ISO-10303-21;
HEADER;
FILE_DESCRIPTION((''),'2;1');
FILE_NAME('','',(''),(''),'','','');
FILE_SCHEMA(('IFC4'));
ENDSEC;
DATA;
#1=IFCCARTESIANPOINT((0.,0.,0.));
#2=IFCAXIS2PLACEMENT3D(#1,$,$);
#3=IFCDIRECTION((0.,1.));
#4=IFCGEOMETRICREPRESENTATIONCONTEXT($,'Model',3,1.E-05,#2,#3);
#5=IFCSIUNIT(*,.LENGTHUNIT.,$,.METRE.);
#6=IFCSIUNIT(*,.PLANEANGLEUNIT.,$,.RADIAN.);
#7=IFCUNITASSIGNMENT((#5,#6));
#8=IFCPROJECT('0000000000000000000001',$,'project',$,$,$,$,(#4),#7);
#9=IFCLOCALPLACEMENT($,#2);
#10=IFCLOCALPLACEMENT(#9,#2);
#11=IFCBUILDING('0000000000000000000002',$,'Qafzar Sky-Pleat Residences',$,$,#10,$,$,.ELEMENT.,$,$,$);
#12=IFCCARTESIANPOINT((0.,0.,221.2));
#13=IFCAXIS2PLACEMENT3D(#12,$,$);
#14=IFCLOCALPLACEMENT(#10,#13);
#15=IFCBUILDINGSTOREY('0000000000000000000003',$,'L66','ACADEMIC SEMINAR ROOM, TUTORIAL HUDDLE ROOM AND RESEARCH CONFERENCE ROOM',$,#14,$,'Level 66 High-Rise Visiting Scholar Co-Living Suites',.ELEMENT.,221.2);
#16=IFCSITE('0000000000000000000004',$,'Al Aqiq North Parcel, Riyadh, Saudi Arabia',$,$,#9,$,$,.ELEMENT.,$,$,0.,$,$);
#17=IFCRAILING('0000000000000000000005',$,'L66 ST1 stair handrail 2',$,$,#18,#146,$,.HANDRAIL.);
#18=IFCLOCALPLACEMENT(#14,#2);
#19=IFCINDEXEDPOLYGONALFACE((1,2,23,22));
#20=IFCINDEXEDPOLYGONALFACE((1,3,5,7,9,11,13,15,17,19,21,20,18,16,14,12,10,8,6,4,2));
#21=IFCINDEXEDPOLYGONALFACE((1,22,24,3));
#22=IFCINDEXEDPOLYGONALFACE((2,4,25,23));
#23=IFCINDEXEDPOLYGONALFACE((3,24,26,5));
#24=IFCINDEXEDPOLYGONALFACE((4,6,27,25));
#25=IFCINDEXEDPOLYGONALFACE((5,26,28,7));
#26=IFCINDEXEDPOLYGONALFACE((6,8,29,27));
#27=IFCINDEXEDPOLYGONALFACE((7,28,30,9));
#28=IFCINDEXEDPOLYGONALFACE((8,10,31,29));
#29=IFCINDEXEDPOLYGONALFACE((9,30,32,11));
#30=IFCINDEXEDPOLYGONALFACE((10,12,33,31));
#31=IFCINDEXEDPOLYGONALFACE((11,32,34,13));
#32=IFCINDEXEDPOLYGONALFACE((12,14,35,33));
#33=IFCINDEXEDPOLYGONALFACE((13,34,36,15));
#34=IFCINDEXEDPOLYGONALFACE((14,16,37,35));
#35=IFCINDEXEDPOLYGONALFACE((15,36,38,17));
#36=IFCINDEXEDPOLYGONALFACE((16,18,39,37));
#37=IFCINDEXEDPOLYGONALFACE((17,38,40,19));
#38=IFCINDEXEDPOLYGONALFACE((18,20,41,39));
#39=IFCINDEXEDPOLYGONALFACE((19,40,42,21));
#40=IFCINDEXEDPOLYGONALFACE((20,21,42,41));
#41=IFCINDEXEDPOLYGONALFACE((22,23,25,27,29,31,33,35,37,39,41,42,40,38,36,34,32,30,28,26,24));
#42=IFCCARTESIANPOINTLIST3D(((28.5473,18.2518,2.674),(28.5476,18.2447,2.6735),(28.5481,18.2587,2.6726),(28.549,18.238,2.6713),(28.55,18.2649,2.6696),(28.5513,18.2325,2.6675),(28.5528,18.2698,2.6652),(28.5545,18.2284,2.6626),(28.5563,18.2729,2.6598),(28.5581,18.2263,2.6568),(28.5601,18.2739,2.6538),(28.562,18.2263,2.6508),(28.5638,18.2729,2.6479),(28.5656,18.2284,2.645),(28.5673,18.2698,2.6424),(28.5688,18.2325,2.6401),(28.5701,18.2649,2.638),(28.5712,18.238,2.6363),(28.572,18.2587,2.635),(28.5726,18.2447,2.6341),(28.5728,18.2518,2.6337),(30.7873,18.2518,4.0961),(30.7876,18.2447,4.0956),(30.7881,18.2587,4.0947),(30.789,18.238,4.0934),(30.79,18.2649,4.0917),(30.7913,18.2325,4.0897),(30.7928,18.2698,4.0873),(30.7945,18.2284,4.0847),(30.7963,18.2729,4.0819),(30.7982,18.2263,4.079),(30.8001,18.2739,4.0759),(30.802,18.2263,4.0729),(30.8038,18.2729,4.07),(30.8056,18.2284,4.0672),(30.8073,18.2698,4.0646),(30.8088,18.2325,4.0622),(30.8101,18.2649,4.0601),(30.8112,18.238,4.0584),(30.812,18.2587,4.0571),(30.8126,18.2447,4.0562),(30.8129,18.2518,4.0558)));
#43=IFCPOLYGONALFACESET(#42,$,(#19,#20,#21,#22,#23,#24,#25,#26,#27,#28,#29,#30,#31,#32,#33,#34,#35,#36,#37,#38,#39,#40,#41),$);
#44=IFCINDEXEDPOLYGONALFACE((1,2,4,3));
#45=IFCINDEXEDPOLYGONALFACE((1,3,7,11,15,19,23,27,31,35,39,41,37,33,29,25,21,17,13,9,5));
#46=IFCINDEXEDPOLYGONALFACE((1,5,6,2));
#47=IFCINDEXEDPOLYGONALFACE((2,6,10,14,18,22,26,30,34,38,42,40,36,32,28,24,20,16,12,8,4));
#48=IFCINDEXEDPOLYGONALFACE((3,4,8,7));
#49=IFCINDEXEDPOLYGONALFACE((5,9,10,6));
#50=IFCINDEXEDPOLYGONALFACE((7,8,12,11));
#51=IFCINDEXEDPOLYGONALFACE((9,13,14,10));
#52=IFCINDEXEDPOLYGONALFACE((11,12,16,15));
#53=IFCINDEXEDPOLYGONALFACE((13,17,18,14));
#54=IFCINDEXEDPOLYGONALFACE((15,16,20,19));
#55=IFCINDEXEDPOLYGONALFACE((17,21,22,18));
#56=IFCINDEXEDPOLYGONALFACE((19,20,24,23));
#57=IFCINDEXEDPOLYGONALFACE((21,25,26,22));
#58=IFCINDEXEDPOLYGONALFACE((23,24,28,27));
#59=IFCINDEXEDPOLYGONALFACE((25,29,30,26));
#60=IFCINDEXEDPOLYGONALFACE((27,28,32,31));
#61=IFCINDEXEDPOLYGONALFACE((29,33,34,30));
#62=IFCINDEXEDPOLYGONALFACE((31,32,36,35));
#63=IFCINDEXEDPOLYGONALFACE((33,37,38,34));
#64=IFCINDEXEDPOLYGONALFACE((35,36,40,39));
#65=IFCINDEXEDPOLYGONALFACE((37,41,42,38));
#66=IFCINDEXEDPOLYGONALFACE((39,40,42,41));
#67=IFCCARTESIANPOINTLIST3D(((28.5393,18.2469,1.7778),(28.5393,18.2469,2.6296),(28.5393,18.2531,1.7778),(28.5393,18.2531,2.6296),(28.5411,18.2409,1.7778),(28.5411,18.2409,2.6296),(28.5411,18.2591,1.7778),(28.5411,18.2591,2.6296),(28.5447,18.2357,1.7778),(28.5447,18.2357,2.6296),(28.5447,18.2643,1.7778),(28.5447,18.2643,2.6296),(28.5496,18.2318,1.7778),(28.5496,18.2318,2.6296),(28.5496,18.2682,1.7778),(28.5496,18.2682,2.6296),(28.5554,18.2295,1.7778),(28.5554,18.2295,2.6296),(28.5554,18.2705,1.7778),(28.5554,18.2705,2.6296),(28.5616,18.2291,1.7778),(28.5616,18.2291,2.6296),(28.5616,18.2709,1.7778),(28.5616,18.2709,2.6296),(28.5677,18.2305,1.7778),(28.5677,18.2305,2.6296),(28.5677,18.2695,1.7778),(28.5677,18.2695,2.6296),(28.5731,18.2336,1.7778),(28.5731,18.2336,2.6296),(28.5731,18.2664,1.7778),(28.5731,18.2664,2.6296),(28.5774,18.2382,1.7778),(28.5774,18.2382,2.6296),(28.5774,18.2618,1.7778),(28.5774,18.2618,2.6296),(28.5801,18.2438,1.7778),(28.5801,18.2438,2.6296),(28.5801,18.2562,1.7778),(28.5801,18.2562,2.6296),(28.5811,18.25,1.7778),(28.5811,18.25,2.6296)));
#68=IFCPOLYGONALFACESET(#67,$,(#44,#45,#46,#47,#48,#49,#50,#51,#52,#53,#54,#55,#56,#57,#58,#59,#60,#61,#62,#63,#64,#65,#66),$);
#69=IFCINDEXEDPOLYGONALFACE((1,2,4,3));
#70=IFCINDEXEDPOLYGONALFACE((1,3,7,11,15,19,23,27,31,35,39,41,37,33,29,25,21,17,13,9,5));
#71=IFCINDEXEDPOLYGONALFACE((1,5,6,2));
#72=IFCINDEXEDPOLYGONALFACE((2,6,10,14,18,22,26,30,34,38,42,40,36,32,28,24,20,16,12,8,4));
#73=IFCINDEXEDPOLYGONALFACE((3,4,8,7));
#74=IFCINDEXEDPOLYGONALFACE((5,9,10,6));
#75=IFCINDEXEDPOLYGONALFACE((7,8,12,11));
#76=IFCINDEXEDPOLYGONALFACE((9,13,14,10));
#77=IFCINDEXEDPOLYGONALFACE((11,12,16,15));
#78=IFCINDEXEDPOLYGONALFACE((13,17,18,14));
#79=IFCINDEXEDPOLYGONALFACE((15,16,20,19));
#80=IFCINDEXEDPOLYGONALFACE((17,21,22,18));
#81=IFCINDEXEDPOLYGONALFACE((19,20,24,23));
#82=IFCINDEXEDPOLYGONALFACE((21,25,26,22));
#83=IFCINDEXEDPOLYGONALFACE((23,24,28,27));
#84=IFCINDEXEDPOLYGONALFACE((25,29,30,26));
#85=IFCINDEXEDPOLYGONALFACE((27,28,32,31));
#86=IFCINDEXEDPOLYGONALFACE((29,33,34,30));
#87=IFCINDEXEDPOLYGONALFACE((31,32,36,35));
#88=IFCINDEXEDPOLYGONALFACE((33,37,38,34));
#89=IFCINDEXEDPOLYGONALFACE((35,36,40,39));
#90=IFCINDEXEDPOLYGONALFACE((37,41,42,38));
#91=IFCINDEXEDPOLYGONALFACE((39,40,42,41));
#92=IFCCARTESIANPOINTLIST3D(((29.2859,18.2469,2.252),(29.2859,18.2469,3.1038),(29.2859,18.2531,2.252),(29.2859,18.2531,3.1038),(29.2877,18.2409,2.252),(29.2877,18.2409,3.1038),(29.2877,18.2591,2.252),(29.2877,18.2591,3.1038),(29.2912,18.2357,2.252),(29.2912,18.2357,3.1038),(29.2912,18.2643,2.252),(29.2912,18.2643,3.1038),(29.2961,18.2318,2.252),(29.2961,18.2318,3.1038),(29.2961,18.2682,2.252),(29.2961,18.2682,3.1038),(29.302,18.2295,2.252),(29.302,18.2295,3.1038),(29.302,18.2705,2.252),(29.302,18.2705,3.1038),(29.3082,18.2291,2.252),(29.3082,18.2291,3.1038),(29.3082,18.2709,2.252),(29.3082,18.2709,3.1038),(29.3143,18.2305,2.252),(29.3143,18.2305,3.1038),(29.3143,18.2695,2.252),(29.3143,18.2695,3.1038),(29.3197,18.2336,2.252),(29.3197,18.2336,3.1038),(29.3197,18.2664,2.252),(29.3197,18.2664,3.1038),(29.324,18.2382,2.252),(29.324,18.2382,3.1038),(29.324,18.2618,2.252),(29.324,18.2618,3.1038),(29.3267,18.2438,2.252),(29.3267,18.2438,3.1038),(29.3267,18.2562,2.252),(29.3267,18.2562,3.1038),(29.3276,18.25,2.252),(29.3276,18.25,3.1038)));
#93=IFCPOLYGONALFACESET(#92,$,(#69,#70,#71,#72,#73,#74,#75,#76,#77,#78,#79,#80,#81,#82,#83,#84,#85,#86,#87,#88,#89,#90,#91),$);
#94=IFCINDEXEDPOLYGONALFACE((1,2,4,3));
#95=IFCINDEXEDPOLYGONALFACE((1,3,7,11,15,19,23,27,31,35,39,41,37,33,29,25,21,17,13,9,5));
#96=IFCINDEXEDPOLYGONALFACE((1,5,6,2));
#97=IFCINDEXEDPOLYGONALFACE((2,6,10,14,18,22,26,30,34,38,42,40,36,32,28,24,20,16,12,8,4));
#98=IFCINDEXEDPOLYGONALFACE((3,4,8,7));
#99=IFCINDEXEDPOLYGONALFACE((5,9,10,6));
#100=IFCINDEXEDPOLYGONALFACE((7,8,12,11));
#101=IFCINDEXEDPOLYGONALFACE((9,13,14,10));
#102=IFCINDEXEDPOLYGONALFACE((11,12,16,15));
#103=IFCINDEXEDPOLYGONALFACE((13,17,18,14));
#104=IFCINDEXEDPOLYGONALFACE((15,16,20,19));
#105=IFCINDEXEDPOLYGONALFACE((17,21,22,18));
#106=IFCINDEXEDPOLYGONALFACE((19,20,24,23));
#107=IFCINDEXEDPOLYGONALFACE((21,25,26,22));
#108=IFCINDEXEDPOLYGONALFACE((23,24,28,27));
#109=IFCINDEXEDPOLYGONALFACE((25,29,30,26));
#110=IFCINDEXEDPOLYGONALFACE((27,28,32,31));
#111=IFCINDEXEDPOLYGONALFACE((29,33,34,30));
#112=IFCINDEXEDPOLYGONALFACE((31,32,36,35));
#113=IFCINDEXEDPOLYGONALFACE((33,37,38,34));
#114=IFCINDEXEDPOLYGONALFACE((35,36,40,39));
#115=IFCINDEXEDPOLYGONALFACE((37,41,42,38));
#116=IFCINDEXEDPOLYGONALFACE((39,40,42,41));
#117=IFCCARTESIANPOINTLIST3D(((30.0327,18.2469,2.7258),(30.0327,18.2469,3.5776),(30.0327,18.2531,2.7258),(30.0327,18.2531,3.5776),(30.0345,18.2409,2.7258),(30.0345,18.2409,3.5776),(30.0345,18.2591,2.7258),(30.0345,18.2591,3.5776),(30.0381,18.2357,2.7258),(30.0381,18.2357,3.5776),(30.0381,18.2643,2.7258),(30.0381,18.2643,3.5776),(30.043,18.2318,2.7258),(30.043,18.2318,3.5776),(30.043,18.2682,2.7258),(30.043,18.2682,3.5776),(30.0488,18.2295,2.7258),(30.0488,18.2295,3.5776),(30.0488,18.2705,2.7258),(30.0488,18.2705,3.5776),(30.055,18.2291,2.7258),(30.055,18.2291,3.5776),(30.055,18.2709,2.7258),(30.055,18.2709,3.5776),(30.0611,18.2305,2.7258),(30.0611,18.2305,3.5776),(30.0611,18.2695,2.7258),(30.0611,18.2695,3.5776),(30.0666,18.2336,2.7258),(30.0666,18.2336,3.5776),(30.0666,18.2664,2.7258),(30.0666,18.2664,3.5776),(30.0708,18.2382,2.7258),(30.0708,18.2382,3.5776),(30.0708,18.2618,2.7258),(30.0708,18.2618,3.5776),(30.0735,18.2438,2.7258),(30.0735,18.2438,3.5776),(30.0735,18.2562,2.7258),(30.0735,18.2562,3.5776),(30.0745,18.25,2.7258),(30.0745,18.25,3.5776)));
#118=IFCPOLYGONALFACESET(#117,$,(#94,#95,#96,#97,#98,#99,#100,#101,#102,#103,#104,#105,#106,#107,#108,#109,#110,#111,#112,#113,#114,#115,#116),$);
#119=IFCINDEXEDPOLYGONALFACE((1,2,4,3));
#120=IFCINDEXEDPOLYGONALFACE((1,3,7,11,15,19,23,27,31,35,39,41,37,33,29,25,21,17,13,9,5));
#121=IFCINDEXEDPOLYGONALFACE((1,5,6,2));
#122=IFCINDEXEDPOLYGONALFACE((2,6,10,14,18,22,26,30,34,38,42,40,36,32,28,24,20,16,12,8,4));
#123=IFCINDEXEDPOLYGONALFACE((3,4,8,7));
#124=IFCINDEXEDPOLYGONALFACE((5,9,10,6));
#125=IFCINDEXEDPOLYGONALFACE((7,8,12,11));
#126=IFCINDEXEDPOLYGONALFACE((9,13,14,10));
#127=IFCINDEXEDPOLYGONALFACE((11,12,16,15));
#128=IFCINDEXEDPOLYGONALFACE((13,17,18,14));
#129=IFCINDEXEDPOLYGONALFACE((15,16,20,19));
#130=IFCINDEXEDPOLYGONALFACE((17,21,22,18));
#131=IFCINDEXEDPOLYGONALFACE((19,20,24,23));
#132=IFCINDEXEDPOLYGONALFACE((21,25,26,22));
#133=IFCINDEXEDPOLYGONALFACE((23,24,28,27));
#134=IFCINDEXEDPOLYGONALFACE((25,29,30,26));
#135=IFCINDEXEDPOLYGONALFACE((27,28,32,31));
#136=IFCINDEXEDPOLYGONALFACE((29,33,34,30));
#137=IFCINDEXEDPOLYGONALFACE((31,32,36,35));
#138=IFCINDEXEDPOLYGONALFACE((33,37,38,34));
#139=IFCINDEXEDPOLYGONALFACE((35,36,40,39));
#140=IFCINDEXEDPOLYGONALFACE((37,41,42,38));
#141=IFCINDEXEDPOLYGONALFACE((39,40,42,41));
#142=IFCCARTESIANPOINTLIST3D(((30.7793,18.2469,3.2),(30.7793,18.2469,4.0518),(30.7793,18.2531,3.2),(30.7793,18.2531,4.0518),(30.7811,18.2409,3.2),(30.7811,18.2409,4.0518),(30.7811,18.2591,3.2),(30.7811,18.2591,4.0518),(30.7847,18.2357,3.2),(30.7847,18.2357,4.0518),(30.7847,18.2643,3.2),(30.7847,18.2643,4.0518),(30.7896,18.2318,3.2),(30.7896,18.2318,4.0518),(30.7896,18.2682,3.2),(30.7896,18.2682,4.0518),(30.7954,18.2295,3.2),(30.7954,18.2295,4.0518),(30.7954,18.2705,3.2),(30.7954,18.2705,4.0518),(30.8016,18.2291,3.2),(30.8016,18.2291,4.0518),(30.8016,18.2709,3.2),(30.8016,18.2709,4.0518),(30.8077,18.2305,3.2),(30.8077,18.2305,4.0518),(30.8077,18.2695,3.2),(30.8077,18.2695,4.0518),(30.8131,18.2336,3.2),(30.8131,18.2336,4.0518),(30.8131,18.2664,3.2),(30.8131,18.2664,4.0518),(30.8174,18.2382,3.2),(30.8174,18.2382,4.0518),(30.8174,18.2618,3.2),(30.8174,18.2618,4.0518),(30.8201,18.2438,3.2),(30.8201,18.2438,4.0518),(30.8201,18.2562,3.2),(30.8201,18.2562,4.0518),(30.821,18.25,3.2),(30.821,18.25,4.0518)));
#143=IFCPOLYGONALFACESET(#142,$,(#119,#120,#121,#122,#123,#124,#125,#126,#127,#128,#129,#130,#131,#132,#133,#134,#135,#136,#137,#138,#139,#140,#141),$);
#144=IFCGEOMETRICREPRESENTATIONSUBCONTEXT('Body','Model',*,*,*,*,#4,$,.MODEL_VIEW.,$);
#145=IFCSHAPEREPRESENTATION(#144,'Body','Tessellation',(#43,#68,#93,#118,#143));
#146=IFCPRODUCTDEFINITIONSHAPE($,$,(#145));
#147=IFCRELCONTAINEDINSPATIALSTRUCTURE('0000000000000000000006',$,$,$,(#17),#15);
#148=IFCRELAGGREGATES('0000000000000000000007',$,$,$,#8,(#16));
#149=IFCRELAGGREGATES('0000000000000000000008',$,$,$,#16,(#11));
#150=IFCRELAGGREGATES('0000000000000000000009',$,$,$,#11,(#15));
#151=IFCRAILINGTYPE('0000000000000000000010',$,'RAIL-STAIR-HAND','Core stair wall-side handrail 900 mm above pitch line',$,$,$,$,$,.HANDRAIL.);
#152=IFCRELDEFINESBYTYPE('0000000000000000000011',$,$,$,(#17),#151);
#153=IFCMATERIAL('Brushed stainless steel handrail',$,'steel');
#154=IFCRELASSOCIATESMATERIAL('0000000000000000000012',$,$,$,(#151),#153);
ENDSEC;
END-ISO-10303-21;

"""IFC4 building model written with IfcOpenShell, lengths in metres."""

from ifc_helpers import new_model, si_unit, direction, frame, origin, origin_2d, place, context, subcontext, project, spatial, circle, extrude, source, transform, mapped, material, type_object, element, save


model = new_model("IFC4")

# Units and contexts
model_context = context("Model", 3, precision=1e-05, world=origin(), true_north=direction((0.0, 1.0)))
body_context = subcontext(model_context, "Body", "Model", "MODEL_VIEW")
ifc_project = project(units=[si_unit("LENGTHUNIT", "METRE"), si_unit("PLANEANGLEUNIT", "RADIAN")], contexts=[model_context])

# Site, building, storey
site_placement = place(None, origin())
site = spatial("IfcSite", under=ifc_project, at=site_placement, Name="Al Aqiq North Parcel, Riyadh, Saudi Arabia", CompositionType="ELEMENT", RefElevation=0.0)
building_placement = place(site_placement, origin())
building = spatial("IfcBuilding", under=site, at=building_placement, Name="Qafzar Sky-Pleat Residences", CompositionType="ELEMENT")
storey_placement = place(building_placement, frame((0.0, 0.0, 221.2)))
storey = spatial("IfcBuildingStorey", under=building, at=storey_placement, Name="L66", Description="ACADEMIC SEMINAR ROOM, TUTORIAL HUDDLE ROOM AND RESEARCH CONFERENCE ROOM", LongName="Level 66 High-Rise Visiting Scholar Co-Living Suites", CompositionType="ELEMENT", Elevation=221.2)

# Railing
ifc_material_1 = material(Name="Brushed stainless steel handrail", Category="steel")
railing_type_1 = type_object("IfcRailingType", Name="RAIL-STAIR-HAND", Description="Core stair wall-side handrail 900 mm above pitch line", PredefinedType="HANDRAIL", material=ifc_material_1)
shared_shape_1 = source(origin(), body_context, "Body", "SweptSolid", [
    extrude(circle(Radius=0.0239, at=origin_2d()), frame((0.0, 0.0, 0.876), z_axis=(0.844229, 0.0, 0.535982), x_axis=(0.0, 1.0, 0.0)), (0.0, 0.0, 1.0), 2.6533),
    extrude(circle(Radius=0.021, at=origin_2d()), origin(), (0.0, 0.0, 1.0), 0.8518),
    extrude(circle(Radius=0.021, at=origin_2d()), frame((0.7466, 0.0, 0.4741)), (0.0, 0.0, 1.0), 0.8518),
    extrude(circle(Radius=0.021, at=origin_2d()), frame((1.4934, 0.0, 0.948)), (0.0, 0.0, 1.0), 0.8518),
    extrude(circle(Radius=0.021, at=origin_2d()), frame((2.24, 0.0, 1.4221)), (0.0, 0.0, 1.0), 0.8518),
])
railing_1_placement = place(storey_placement, frame((28.5601, 18.25, 1.7778)))
element("IfcRailing", 1, at=railing_1_placement, inside=storey, type_object=railing_type_1, Name="L66 ST1 stair handrail 2", PredefinedType="HANDRAIL", context=body_context, shape_type="MappedRepresentation", body=[
    mapped(shared_shape_1, transform((0.0, 0.0, 0.0), x_axis=(1.0, 0.0, 0.0), y_axis=(0.0, 1.0, 0.0), z_axis=(0.0, 0.0, 1.0), scale=1.0)),
])

save(model, "model.ifc")
